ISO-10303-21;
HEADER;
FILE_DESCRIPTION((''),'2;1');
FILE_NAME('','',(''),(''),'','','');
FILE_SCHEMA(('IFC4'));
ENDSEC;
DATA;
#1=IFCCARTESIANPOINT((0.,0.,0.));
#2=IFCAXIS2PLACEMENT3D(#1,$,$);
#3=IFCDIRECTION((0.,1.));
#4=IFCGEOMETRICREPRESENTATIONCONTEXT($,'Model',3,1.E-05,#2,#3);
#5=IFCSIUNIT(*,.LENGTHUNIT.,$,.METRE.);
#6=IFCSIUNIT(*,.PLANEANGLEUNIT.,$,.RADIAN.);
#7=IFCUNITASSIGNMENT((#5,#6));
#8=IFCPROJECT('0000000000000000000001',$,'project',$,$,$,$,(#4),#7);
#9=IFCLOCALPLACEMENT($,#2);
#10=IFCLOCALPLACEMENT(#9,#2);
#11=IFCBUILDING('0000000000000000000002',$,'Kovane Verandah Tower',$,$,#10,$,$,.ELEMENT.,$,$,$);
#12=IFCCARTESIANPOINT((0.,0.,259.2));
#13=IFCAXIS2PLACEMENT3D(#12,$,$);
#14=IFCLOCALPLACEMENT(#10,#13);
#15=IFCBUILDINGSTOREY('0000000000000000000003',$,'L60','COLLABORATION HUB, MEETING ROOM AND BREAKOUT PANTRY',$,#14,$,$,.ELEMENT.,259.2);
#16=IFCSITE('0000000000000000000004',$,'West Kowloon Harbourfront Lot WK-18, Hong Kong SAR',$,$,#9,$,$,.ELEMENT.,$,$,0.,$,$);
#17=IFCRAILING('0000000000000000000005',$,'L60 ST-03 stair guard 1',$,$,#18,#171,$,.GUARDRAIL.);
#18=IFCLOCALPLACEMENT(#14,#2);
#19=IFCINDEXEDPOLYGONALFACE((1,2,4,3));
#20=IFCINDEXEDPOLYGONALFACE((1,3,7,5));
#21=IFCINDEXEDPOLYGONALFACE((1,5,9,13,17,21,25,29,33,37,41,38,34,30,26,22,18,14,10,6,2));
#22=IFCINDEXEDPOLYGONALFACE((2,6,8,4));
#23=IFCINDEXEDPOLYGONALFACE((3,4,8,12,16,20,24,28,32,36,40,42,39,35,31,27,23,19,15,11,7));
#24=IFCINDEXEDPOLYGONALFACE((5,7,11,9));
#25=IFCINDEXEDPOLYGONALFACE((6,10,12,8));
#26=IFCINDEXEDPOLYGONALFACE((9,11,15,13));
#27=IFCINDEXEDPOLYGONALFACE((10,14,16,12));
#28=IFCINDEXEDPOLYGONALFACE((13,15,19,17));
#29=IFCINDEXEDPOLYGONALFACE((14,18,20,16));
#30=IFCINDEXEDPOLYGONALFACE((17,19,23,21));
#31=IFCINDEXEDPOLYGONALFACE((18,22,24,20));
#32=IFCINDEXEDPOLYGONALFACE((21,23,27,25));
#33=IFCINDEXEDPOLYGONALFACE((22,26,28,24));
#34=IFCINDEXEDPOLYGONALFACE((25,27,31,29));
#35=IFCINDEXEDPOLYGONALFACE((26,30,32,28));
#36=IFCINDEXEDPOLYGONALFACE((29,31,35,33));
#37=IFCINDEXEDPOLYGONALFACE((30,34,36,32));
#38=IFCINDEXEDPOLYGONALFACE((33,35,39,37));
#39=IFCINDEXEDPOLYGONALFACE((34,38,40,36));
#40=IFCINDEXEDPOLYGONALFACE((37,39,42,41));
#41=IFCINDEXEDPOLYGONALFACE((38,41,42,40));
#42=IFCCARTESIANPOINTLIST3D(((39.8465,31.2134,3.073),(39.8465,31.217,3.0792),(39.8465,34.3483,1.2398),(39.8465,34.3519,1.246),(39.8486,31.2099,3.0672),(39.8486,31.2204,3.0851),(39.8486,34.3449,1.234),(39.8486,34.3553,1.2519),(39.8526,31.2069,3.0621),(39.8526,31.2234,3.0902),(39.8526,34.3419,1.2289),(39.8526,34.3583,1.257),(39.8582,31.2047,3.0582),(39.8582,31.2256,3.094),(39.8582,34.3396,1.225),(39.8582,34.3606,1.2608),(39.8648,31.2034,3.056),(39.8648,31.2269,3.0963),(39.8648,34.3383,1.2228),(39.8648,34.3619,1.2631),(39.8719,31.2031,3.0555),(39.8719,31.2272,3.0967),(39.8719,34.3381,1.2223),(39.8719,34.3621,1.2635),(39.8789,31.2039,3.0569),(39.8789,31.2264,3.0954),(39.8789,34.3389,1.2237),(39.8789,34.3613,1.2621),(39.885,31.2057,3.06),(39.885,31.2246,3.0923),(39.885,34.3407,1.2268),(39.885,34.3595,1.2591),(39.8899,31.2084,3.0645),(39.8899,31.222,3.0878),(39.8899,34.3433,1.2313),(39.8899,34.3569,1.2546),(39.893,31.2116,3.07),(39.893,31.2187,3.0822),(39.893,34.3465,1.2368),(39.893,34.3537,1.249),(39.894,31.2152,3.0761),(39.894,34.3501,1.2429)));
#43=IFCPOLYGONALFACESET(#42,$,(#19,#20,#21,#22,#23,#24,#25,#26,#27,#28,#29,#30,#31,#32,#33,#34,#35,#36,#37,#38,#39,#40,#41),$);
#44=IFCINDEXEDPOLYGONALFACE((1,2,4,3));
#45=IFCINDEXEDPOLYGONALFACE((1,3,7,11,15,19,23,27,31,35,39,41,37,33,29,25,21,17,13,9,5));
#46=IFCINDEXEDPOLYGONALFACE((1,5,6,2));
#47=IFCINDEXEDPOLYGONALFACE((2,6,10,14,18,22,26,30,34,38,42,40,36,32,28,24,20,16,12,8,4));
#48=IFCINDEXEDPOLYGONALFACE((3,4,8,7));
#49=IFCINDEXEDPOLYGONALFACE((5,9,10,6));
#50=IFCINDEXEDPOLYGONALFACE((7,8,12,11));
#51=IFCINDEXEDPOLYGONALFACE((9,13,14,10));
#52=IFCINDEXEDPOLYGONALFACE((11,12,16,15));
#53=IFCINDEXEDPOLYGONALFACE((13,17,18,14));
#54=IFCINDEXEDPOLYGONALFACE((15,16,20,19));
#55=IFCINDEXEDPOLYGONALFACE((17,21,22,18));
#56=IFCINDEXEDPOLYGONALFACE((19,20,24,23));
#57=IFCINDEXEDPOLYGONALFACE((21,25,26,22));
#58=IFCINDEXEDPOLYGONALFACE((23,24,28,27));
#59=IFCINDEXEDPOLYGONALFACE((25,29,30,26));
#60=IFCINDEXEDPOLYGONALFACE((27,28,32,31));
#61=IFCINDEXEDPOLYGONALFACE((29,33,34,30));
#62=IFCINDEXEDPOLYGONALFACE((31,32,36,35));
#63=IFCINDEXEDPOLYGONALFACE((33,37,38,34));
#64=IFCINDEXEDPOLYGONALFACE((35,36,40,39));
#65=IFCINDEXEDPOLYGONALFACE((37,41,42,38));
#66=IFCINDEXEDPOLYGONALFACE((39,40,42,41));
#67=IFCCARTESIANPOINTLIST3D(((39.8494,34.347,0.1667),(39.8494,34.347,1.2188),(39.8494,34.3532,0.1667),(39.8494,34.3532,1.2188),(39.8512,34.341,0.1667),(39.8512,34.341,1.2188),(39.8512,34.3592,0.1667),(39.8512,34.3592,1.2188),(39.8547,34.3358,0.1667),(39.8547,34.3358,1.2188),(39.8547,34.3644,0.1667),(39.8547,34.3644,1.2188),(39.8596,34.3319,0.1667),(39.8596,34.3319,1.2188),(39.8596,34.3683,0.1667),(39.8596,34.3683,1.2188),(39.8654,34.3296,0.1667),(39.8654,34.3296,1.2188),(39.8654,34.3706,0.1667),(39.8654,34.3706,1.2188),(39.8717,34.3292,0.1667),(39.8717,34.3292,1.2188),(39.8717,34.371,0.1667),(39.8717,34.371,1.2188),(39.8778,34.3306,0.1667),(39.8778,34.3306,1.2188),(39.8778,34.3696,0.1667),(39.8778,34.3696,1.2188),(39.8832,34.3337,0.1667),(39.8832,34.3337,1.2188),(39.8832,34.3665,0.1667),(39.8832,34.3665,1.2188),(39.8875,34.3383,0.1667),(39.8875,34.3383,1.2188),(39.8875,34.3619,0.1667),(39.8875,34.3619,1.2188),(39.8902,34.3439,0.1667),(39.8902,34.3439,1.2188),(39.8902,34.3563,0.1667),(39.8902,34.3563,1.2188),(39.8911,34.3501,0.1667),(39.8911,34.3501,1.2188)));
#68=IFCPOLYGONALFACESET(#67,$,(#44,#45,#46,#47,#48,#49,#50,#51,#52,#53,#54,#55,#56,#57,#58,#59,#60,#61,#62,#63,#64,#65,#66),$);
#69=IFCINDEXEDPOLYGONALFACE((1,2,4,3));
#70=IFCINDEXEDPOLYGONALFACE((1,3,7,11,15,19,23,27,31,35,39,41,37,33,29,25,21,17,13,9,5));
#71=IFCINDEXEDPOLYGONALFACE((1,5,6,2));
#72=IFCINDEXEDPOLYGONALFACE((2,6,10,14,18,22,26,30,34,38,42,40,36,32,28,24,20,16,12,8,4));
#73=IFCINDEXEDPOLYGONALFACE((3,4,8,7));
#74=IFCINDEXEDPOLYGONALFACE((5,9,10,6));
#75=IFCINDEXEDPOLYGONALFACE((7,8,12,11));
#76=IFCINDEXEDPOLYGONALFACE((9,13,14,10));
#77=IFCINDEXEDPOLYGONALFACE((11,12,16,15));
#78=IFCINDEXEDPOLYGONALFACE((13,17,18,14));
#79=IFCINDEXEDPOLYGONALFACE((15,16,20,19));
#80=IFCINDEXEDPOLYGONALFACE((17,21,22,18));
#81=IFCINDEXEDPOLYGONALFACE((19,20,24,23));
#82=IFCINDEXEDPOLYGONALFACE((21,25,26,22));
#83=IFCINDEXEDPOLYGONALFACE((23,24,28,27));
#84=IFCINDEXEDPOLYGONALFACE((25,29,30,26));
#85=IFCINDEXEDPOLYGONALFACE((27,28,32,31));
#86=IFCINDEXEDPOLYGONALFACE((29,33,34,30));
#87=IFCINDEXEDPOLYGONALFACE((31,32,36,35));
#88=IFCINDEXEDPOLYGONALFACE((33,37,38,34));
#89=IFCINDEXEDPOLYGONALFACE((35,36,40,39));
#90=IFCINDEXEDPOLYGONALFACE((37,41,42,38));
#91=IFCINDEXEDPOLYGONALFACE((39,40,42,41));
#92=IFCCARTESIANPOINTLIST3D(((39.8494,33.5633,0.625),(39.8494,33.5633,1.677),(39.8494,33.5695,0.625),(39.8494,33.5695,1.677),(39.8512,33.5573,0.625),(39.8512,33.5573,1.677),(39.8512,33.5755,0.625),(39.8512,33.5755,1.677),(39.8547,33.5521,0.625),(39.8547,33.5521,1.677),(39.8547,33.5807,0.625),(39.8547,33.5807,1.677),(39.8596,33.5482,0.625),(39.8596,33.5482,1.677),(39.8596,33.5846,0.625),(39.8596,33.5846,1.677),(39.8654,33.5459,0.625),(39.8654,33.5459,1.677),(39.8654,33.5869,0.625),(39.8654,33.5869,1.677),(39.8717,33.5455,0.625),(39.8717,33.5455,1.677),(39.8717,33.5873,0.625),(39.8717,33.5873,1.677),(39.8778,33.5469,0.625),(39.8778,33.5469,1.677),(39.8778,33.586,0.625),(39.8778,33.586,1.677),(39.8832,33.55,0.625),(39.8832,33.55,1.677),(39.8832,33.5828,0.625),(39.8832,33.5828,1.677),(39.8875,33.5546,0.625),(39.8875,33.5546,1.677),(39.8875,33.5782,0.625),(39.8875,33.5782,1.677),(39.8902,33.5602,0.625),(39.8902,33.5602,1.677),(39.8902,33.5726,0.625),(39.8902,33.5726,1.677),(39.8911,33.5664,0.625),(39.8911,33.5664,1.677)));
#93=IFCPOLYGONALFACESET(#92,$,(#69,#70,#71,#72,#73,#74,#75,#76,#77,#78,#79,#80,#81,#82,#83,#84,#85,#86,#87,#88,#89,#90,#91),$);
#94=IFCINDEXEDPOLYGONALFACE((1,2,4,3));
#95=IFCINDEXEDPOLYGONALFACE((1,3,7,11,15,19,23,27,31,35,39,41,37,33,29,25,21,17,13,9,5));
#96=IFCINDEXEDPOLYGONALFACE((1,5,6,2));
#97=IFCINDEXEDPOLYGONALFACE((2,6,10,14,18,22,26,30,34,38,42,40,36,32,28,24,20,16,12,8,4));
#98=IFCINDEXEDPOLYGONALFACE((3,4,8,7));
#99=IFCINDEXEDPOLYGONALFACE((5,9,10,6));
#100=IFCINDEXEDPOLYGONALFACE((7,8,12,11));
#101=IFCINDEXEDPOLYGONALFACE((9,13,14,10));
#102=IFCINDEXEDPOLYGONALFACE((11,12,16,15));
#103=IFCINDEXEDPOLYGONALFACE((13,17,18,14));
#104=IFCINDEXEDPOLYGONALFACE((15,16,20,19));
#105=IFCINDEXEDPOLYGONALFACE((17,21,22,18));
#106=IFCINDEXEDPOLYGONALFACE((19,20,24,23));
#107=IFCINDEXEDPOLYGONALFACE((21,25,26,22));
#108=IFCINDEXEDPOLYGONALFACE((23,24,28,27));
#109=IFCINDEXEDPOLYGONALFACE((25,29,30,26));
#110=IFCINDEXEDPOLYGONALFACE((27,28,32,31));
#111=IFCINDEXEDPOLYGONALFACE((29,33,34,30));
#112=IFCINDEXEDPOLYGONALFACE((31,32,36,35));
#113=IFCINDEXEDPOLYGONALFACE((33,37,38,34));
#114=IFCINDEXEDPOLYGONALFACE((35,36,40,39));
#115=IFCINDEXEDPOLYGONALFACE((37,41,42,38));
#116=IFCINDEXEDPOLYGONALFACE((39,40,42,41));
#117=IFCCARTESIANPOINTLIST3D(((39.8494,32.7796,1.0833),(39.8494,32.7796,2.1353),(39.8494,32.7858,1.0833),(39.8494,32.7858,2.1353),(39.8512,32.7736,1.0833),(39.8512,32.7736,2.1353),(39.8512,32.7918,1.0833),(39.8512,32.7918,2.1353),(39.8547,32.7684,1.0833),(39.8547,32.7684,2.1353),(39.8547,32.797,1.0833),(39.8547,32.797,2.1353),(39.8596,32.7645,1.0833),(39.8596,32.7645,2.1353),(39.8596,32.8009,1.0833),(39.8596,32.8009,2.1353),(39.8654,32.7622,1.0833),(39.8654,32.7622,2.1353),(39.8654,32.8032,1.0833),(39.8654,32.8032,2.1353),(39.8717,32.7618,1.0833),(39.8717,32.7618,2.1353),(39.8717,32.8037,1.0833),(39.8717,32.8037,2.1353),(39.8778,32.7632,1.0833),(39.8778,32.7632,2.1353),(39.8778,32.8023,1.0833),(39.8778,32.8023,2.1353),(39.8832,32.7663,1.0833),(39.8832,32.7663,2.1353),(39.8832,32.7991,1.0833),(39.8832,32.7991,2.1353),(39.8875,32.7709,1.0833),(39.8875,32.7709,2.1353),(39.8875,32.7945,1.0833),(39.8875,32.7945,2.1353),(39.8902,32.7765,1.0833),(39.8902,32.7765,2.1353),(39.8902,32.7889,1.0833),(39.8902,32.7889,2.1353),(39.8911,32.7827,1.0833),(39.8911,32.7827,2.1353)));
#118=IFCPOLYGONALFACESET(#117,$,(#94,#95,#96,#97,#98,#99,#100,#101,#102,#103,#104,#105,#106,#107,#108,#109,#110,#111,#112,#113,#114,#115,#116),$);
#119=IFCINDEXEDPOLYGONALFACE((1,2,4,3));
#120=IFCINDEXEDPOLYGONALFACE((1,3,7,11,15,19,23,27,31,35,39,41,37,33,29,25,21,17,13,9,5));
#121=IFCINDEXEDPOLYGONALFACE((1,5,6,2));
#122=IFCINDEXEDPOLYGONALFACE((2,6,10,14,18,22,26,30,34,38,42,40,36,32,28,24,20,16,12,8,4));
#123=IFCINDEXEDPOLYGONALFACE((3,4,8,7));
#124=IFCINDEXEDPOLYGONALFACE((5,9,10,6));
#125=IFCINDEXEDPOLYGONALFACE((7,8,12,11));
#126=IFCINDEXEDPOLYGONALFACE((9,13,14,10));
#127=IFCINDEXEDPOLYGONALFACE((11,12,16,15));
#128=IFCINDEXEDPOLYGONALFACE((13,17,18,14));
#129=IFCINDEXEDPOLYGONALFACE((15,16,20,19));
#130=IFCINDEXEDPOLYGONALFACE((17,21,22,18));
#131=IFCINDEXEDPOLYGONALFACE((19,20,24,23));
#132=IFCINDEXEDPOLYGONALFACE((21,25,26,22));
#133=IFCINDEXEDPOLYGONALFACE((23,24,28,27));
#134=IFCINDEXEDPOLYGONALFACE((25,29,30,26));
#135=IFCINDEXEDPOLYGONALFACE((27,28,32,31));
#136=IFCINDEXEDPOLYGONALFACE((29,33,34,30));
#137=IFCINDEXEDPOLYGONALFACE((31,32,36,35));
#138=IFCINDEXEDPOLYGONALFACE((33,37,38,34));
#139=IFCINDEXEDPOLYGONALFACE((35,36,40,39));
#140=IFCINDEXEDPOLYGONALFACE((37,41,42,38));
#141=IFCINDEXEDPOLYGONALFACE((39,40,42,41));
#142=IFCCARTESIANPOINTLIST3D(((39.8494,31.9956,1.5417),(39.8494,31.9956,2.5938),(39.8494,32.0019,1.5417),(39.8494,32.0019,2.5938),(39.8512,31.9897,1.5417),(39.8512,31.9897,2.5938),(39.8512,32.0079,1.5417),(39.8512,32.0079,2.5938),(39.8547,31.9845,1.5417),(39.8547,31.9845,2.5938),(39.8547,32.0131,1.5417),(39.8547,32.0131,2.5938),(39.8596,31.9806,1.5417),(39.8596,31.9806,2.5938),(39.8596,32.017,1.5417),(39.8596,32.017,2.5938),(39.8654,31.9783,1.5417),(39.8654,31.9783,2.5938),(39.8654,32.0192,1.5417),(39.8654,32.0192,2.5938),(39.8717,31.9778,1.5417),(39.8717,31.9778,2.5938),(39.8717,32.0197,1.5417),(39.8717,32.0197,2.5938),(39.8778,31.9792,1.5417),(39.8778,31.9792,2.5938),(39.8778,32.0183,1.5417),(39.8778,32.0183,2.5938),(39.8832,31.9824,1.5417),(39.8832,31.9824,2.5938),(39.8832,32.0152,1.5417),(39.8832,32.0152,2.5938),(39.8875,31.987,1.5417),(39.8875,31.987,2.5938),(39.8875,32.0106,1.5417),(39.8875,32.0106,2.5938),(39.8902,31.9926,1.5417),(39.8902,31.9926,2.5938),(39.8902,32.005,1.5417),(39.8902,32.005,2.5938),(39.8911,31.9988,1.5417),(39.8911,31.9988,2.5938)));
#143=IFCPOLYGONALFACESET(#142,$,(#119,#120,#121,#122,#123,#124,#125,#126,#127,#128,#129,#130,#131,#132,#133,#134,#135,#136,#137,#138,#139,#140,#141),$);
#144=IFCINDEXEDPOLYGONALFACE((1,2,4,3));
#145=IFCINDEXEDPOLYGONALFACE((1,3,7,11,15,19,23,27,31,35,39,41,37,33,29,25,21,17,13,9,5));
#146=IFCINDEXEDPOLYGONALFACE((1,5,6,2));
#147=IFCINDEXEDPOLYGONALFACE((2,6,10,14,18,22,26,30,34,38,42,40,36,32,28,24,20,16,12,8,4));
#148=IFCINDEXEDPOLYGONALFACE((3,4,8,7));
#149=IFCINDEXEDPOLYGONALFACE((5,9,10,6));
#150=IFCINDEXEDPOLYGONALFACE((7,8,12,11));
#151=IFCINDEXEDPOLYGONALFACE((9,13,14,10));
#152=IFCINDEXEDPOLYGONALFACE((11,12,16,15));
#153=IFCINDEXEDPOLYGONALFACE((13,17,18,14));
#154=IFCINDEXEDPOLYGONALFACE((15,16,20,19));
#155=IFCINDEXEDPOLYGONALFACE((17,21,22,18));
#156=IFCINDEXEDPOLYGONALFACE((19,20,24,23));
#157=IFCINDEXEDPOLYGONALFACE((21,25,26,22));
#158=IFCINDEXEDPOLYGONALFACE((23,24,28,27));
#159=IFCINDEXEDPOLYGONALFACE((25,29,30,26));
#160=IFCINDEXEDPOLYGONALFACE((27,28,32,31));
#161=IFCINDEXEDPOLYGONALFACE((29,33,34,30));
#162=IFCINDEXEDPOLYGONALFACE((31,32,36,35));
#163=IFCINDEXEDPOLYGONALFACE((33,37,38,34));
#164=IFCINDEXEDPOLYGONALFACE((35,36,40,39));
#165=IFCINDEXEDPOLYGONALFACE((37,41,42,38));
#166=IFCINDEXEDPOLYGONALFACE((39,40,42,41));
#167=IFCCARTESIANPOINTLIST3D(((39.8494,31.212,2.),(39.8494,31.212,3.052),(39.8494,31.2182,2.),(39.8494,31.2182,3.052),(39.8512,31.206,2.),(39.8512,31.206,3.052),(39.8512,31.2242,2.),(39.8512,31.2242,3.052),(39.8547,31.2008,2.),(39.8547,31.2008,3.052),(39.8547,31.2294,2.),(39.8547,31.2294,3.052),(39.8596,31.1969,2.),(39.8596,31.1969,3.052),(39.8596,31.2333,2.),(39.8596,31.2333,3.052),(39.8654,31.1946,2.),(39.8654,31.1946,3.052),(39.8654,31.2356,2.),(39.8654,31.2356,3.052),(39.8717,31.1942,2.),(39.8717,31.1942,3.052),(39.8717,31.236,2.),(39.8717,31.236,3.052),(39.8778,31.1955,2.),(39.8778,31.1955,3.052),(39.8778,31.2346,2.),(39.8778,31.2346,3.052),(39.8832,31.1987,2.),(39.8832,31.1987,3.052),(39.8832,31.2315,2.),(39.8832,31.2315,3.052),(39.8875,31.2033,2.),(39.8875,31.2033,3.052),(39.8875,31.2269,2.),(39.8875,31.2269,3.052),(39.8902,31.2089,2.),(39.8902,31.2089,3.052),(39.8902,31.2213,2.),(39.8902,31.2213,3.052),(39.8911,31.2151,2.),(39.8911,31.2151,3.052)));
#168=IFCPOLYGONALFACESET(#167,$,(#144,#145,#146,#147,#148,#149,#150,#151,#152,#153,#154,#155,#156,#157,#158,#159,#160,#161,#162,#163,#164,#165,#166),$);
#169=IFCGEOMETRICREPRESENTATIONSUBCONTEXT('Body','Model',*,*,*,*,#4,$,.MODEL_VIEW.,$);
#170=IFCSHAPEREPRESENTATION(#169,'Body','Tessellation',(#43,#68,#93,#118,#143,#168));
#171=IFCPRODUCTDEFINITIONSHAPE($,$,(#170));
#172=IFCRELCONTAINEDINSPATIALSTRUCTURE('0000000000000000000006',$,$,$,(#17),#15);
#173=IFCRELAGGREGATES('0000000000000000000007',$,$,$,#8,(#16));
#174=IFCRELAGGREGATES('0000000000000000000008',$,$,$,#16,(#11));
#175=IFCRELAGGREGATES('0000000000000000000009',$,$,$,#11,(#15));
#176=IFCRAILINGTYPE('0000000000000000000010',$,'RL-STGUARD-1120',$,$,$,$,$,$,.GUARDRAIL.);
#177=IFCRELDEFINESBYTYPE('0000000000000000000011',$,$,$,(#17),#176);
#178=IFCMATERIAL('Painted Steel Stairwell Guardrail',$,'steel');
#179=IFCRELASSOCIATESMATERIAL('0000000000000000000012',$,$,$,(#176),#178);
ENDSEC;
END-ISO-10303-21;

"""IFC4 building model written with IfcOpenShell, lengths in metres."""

from ifc_helpers import new_model, si_unit, direction, frame, origin, origin_2d, place, context, subcontext, project, spatial, circle, extrude, material, type_object, element, save


model = new_model("IFC4")

# Units and contexts
model_context = context("Model", 3, precision=1e-05, world=origin(), true_north=direction((0.0, 1.0)))
body_context = subcontext(model_context, "Body", "Model", "MODEL_VIEW")
ifc_project = project(units=[si_unit("LENGTHUNIT", "METRE"), si_unit("PLANEANGLEUNIT", "RADIAN")], contexts=[model_context])

# Site, building, storey
site_placement = place(None, origin())
site = spatial("IfcSite", under=ifc_project, at=site_placement, Name="West Kowloon Harbourfront Lot WK-18, Hong Kong SAR", CompositionType="ELEMENT", RefElevation=0.0)
building_placement = place(site_placement, origin())
building = spatial("IfcBuilding", under=site, at=building_placement, Name="Kovane Verandah Tower", CompositionType="ELEMENT")
storey_placement = place(building_placement, frame((0.0, 0.0, 259.2)))
storey = spatial("IfcBuildingStorey", under=building, at=storey_placement, Name="L60", Description="COLLABORATION HUB, MEETING ROOM AND BREAKOUT PANTRY", CompositionType="ELEMENT", Elevation=259.2)

# Railing
ifc_material_1 = material(Name="Painted Steel Stairwell Guardrail", Category="steel")
railing_type_1 = type_object("IfcRailingType", Name="RL-STGUARD-1120", PredefinedType="GUARDRAIL", material=ifc_material_1)
railing_1_placement = place(storey_placement, frame((39.8701, 34.3501, 0.1667)))
element("IfcRailing", 1, at=railing_1_placement, inside=storey, type_object=railing_type_1, Name="L60 ST-03 stair guard 1", PredefinedType="GUARDRAIL", context=body_context, shape_type="SweptSolid", body=[
    extrude(circle(Radius=0.0239, at=origin_2d()), frame((0.0, 0.0, 1.0762), z_axis=(0.0, -0.86324, 0.504794), x_axis=(1.0, 0.0, 0.0)), (0.0, 0.0, 1.0), 3.6316),
    extrude(circle(Radius=0.021, at=origin_2d()), origin(), (0.0, 0.0, 1.0), 1.052),
    extrude(circle(Radius=0.021, at=origin_2d()), frame((0.0, -0.7837, 0.4583)), (0.0, 0.0, 1.0), 1.052),
    extrude(circle(Radius=0.021, at=origin_2d()), frame((0.0, -1.5674, 0.9165)), (0.0, 0.0, 1.0), 1.052),
    extrude(circle(Radius=0.021, at=origin_2d()), frame((0.0, -2.3513, 1.375)), (0.0, 0.0, 1.0), 1.052),
    extrude(circle(Radius=0.021, at=origin_2d()), frame((0.0, -3.135, 1.8333)), (0.0, 0.0, 1.0), 1.052),
])

save(model, "model.ifc")
